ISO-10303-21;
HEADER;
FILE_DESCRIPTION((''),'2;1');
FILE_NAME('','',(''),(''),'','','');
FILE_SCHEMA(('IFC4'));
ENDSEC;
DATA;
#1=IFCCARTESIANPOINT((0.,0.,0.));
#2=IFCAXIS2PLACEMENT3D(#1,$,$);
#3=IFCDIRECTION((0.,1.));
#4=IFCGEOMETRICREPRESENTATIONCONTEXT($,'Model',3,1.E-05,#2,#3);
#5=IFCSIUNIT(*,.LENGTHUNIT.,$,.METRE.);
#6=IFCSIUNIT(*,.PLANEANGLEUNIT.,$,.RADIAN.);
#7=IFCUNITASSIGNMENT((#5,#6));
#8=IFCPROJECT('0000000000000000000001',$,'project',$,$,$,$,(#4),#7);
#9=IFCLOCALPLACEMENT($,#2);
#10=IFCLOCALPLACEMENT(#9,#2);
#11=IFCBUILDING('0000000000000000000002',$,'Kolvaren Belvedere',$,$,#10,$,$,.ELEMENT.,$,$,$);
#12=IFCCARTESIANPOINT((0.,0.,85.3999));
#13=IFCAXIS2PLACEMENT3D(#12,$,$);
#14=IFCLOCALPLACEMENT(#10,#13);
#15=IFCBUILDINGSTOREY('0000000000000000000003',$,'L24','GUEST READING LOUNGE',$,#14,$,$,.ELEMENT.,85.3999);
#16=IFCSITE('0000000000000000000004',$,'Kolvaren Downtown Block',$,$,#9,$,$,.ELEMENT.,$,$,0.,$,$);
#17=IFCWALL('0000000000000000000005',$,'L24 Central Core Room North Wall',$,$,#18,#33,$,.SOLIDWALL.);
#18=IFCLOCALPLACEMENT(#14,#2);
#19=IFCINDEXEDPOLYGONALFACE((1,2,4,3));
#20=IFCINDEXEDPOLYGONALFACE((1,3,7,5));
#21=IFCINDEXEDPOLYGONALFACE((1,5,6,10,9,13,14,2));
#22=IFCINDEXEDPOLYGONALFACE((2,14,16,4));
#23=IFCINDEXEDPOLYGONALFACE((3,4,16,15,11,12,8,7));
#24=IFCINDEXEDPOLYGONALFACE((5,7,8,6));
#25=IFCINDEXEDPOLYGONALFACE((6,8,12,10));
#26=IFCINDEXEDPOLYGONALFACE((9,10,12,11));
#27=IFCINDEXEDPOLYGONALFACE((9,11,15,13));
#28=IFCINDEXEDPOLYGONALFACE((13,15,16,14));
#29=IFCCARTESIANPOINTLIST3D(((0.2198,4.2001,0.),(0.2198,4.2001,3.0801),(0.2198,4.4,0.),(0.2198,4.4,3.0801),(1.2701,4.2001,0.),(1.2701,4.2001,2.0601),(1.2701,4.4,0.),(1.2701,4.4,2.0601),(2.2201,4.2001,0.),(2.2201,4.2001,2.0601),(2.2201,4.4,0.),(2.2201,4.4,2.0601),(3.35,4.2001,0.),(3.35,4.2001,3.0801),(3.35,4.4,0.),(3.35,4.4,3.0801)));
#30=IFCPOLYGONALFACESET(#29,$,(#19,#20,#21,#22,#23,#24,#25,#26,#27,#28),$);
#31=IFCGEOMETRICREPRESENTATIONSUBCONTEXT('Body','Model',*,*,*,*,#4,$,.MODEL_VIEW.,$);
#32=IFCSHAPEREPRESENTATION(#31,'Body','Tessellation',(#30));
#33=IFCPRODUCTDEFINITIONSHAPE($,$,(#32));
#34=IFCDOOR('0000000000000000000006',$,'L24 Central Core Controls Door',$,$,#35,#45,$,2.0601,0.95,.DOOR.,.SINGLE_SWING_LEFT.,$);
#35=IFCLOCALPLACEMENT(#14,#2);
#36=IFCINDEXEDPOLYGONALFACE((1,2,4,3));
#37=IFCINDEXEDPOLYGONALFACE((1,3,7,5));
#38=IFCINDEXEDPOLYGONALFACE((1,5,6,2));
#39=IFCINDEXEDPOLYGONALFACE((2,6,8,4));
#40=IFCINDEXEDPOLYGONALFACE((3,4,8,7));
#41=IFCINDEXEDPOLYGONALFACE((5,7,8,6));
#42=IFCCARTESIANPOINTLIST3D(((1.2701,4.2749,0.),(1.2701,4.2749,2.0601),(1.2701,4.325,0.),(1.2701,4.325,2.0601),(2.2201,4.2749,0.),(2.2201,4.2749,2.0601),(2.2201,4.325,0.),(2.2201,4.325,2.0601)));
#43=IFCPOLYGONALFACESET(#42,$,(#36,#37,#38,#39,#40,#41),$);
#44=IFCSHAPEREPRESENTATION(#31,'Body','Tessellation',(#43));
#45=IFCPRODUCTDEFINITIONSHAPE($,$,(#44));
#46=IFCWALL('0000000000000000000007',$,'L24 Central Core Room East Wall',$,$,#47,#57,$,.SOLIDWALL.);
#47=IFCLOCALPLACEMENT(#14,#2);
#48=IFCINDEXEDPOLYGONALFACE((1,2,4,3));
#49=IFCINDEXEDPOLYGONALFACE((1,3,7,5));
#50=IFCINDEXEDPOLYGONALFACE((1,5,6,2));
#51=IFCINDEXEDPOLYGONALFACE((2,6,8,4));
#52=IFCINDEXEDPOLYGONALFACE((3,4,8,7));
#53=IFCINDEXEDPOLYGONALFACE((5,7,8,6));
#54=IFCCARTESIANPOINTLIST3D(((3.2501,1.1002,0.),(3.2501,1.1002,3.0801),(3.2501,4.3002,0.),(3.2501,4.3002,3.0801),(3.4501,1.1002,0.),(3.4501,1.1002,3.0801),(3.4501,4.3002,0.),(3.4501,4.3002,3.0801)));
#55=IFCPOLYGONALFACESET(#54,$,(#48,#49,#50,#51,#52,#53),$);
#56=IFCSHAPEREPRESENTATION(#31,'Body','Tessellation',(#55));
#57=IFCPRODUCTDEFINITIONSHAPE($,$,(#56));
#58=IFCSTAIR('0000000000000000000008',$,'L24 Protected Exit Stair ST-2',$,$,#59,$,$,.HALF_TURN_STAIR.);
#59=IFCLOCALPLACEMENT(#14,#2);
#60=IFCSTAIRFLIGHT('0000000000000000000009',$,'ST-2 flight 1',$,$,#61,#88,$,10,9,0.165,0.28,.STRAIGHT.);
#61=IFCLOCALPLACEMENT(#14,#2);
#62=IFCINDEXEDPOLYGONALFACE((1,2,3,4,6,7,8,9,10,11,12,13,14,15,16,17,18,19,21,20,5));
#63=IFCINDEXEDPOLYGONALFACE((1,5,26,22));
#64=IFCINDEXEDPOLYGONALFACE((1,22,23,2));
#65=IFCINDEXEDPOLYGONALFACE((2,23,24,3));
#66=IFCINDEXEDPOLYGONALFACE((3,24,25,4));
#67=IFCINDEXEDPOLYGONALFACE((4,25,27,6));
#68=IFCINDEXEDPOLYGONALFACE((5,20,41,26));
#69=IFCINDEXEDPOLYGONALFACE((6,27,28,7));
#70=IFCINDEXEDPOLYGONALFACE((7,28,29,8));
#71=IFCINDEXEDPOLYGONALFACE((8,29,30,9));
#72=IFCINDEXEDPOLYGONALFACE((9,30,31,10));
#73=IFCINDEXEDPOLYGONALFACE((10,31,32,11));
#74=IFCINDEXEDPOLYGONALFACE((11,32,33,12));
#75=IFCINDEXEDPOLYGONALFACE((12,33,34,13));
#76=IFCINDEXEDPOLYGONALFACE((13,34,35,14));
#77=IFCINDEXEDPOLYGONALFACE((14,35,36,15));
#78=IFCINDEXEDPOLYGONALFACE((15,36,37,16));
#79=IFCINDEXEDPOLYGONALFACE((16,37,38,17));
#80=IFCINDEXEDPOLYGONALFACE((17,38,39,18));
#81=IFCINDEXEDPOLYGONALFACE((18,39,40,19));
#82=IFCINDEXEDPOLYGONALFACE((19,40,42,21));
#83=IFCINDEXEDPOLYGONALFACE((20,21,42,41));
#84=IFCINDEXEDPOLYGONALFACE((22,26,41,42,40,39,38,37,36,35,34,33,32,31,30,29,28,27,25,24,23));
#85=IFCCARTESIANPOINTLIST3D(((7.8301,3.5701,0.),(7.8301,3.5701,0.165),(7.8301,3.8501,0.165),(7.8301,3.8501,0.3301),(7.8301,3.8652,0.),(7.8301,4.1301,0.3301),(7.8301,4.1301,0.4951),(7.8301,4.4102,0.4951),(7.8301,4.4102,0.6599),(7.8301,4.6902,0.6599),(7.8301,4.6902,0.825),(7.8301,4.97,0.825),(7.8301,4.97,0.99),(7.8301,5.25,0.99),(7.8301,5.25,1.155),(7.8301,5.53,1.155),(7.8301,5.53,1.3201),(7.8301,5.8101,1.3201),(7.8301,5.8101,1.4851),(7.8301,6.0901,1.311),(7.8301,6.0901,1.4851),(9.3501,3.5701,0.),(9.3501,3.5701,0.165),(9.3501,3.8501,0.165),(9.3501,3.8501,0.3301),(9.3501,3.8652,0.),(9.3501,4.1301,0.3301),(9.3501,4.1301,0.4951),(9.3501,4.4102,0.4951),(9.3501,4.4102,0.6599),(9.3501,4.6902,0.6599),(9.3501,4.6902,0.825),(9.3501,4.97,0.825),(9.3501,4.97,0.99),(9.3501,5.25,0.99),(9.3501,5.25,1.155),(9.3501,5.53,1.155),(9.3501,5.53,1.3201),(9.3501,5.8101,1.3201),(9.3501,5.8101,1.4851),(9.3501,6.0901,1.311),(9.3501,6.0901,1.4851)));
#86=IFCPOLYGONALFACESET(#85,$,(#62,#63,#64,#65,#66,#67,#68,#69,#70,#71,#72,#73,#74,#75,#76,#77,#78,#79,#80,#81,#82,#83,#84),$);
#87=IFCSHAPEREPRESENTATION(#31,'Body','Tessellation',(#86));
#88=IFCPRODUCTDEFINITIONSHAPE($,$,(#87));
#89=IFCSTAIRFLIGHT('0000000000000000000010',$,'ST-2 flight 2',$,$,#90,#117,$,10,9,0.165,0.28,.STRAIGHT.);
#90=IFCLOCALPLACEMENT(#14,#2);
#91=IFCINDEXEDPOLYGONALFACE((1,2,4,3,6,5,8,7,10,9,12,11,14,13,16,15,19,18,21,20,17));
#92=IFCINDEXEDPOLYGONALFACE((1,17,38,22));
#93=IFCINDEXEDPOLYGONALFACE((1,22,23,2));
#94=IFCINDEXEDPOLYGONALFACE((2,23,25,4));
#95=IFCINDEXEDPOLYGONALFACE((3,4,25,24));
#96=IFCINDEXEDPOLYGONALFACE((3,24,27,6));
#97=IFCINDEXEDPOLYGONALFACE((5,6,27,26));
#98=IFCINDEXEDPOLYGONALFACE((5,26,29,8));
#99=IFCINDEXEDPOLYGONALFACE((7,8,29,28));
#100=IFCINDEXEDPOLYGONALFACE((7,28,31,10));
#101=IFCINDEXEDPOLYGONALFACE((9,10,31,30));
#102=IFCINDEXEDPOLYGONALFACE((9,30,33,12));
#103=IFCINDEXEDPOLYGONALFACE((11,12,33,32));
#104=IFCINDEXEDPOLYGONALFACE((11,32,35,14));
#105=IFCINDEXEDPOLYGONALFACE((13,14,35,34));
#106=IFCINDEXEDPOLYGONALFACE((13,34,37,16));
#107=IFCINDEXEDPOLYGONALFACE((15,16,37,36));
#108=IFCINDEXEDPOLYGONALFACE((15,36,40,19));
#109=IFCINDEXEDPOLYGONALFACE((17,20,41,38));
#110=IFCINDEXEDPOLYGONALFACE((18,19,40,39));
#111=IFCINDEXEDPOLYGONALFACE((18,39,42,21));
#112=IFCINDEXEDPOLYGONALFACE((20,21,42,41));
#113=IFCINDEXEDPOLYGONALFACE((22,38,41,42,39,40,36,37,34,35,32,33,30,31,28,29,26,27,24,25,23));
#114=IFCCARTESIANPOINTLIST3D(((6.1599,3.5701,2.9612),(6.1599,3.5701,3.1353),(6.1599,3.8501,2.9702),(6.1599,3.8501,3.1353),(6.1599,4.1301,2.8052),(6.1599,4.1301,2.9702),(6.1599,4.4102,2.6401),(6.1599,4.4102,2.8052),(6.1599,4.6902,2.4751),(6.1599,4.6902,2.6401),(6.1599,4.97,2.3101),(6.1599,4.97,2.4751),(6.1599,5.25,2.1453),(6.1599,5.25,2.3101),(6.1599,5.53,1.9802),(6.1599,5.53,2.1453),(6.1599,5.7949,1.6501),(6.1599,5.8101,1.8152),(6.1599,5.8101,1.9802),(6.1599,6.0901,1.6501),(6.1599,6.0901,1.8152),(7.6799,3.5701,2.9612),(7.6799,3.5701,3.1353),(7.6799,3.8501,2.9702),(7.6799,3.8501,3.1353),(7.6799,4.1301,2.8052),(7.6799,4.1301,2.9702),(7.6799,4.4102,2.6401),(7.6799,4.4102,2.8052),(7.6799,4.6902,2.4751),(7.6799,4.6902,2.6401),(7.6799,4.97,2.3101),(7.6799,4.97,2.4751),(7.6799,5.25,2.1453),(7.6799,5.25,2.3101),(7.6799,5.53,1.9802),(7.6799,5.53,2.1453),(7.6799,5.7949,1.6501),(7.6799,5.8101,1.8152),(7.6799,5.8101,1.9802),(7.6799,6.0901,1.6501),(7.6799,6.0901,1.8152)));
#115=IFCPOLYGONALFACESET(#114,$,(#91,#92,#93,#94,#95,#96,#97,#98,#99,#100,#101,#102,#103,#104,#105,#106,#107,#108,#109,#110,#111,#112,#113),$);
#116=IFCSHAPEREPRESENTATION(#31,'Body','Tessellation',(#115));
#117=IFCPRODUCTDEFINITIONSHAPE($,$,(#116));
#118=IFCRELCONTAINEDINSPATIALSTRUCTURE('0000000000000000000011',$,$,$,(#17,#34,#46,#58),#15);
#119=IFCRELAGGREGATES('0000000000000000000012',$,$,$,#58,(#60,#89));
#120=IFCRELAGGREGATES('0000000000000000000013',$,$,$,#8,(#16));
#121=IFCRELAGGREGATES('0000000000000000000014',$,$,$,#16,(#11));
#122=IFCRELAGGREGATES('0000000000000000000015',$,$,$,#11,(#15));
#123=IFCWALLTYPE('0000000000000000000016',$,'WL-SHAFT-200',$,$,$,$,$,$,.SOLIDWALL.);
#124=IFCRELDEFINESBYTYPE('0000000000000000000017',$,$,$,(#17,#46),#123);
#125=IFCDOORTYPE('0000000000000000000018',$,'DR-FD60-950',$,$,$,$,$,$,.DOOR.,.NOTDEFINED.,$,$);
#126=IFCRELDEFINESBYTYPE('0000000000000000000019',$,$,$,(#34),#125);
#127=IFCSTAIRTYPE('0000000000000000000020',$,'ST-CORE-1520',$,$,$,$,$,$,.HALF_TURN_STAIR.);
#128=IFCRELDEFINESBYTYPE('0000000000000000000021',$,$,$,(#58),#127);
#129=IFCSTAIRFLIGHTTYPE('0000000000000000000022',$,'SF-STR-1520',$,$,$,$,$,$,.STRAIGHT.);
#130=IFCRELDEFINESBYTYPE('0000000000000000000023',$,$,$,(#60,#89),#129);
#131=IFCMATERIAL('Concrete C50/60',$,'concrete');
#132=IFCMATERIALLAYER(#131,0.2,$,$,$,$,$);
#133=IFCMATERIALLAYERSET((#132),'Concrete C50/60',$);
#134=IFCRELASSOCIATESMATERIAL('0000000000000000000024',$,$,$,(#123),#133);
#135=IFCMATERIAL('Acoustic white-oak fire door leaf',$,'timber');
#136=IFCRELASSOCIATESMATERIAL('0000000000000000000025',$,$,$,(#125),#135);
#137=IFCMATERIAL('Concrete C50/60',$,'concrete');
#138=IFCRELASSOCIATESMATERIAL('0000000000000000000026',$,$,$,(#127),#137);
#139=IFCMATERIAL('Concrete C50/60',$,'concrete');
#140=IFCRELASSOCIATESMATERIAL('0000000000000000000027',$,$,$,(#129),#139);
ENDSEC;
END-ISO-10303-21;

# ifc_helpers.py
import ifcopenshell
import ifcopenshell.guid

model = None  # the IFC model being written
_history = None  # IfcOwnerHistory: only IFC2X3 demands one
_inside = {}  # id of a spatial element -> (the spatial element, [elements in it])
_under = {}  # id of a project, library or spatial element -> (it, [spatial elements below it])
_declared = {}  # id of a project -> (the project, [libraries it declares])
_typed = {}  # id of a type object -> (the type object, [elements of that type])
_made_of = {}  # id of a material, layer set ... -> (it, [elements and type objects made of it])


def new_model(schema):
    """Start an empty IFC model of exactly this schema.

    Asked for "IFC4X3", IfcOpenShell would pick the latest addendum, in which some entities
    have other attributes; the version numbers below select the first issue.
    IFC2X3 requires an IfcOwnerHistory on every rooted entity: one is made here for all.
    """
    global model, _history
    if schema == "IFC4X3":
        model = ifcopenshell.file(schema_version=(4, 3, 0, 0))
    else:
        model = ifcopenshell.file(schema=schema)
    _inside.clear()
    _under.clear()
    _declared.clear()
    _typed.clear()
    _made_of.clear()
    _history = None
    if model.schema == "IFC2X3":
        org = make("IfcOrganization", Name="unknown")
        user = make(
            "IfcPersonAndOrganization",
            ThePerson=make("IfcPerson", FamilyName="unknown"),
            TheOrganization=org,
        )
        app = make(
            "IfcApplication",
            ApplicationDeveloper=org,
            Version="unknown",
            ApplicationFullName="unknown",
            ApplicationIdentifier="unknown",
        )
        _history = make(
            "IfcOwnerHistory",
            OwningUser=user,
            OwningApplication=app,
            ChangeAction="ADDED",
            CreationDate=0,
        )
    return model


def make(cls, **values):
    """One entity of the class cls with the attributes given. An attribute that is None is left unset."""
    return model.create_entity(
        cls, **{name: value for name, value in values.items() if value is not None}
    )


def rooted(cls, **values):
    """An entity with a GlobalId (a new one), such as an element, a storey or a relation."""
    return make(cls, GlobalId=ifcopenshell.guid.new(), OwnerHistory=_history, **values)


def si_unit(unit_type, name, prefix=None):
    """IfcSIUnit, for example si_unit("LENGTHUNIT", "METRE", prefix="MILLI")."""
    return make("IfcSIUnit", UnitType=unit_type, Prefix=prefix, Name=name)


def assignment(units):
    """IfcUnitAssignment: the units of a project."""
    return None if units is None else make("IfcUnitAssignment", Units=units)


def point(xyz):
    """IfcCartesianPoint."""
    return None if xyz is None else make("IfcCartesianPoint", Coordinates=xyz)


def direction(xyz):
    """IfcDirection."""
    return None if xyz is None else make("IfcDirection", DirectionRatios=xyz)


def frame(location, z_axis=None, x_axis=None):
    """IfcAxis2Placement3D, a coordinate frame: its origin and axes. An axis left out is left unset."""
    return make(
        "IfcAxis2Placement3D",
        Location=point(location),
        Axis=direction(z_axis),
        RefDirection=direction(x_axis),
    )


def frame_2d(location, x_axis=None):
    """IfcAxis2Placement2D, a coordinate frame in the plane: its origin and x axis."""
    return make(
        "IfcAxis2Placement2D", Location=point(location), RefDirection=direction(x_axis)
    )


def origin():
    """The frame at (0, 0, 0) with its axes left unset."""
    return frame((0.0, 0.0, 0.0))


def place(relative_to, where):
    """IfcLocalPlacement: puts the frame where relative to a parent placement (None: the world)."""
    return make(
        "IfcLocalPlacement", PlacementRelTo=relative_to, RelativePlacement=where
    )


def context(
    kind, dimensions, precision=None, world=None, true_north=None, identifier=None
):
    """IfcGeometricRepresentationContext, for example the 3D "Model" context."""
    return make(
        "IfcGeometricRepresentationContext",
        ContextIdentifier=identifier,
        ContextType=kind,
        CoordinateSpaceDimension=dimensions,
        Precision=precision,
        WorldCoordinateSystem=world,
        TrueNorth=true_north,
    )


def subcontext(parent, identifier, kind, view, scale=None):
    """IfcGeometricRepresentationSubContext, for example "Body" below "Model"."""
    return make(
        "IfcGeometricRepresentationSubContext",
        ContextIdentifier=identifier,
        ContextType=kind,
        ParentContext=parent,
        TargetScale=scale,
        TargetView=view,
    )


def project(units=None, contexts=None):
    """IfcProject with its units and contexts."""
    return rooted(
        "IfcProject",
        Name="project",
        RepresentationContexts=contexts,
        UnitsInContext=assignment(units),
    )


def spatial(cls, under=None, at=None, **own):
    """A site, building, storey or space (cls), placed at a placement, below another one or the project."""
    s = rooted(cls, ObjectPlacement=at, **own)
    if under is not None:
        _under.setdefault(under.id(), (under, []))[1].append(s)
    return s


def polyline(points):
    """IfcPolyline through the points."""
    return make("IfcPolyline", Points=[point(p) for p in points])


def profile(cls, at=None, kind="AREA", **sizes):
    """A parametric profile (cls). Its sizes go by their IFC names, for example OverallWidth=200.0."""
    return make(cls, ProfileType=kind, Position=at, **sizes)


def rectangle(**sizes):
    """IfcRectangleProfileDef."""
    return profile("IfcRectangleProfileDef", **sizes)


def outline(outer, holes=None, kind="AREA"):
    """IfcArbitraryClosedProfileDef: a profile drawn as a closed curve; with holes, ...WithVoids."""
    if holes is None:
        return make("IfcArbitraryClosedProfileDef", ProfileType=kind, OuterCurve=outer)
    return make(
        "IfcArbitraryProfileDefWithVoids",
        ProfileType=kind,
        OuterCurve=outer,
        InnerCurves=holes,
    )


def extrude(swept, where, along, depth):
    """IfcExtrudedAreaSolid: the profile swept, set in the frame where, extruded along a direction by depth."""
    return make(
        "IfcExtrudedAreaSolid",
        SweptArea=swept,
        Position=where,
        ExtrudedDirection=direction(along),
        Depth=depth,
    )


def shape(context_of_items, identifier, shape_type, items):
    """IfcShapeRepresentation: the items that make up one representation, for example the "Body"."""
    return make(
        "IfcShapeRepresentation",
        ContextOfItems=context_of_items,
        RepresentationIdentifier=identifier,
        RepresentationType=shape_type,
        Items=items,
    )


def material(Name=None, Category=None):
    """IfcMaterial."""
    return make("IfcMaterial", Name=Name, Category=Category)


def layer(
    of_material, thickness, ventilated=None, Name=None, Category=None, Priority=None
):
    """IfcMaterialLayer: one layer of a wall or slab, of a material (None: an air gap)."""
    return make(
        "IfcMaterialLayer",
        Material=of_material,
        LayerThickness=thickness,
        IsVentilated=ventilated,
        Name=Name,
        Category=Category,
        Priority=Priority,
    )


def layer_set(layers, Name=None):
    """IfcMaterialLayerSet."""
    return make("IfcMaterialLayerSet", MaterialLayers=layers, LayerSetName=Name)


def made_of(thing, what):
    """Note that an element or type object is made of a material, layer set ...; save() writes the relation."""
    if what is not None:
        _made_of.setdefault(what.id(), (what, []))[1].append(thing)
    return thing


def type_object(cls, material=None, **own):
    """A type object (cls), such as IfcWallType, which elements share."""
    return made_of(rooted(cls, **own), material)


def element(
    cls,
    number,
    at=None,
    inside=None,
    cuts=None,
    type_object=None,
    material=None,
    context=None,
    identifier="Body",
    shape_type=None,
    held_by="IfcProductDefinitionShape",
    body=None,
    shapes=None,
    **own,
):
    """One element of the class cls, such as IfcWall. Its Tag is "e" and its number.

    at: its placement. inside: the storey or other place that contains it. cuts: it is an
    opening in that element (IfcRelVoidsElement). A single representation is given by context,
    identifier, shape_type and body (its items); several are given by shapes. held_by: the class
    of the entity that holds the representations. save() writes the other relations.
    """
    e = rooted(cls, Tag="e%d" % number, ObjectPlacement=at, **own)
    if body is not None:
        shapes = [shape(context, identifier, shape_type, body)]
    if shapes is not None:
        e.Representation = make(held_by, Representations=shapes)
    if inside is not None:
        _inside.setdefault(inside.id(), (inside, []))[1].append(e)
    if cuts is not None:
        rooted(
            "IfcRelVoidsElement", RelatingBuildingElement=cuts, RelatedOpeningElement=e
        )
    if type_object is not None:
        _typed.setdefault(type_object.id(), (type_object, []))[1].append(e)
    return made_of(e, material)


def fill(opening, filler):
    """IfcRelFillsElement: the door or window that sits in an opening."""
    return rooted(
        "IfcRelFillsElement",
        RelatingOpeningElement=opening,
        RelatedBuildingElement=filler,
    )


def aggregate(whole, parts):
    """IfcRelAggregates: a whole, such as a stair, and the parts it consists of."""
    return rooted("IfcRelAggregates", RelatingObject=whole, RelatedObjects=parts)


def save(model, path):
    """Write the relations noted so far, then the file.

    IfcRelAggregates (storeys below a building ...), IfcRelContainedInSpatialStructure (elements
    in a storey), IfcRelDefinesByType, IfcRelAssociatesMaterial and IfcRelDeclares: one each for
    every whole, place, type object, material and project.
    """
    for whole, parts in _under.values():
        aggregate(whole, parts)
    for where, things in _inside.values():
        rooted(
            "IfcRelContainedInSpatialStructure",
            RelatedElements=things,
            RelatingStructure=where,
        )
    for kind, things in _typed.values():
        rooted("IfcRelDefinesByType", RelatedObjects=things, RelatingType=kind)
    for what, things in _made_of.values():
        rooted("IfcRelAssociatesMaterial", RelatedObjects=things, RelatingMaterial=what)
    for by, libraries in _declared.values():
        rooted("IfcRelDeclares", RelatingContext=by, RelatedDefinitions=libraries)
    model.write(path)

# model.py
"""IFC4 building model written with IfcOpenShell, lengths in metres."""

from ifc_helpers import new_model, si_unit, direction, frame, frame_2d, origin, place, context, subcontext, project, spatial, polyline, rectangle, outline, extrude, material, layer, layer_set, type_object, element, fill, aggregate, save


model = new_model("IFC4")

# Units and contexts
model_context = context("Model", 3, precision=1e-05, world=origin(), true_north=direction((0.0, 1.0)))
body_context = subcontext(model_context, "Body", "Model", "MODEL_VIEW")
ifc_project = project(units=[si_unit("LENGTHUNIT", "METRE"), si_unit("PLANEANGLEUNIT", "RADIAN")], contexts=[model_context])

# Site, building, storey
site_placement = place(None, origin())
site = spatial("IfcSite", under=ifc_project, at=site_placement, Name="Kolvaren Downtown Block", CompositionType="ELEMENT", RefElevation=0.0)
building_placement = place(site_placement, origin())
building = spatial("IfcBuilding", under=site, at=building_placement, Name="Kolvaren Belvedere", CompositionType="ELEMENT")
storey_placement = place(building_placement, frame((0.0, 0.0, 85.3999)))
storey = spatial("IfcBuildingStorey", under=building, at=storey_placement, Name="L24", Description="GUEST READING LOUNGE", CompositionType="ELEMENT", Elevation=85.3999)

# Shared definitions
ifc_material_1 = material(Name="Concrete C50/60", Category="concrete")
ifc_layer_1 = layer(ifc_material_1, 0.2)
ifc_layer_set_1 = layer_set([ifc_layer_1], Name="Concrete C50/60")
wall_type_1 = type_object("IfcWallType", Name="WL-SHAFT-200", PredefinedType="SOLIDWALL", material=ifc_layer_set_1)

# Wall, opening, door
wall_1_placement = place(storey_placement, frame((0.22, 4.3, 0.0), z_axis=(0.0, 0.0, 1.0), x_axis=(1.0, 0.0, 0.0)))
wall_1 = element("IfcWall", 1, at=wall_1_placement, inside=storey, type_object=wall_type_1, Name="L24 Central Core Room North Wall", PredefinedType="SOLIDWALL", context=body_context, shape_type="SweptSolid", body=[
    extrude(rectangle(XDim=3.1301, YDim=0.2, at=frame_2d((1.5649, 0.0))), origin(), (0.0, 0.0, 1.0), 3.0801),
])
opening_1_placement = place(wall_1_placement, frame((1.05, 0.0, 0.0)))
opening_1 = element("IfcOpeningElement", 2, at=opening_1_placement, cuts=wall_1, PredefinedType="OPENING", context=body_context, shape_type="SweptSolid", body=[
    extrude(rectangle(XDim=0.95, YDim=2.0601, at=frame_2d((0.4751, 1.03))), frame((0.0, 0.1099, 0.0), z_axis=(0.0, -1.0, 0.0), x_axis=(1.0, 0.0, 0.0)), (0.0, 0.0, 1.0), 0.22),
])
ifc_material_2 = material(Name="Acoustic white-oak fire door leaf", Category="timber")
door_type_1 = type_object("IfcDoorType", Name="DR-FD60-950", OperationType="NOTDEFINED", PredefinedType="DOOR", material=ifc_material_2)
door_1_placement = place(opening_1_placement, origin())
door_1 = element("IfcDoor", 3, at=door_1_placement, inside=storey, type_object=door_type_1, Name="L24 Central Core Controls Door", OperationType="SINGLE_SWING_LEFT", OverallHeight=2.0601, OverallWidth=0.95, PredefinedType="DOOR", context=body_context, shape_type="SweptSolid", body=[
    extrude(rectangle(XDim=0.95, YDim=2.0601, at=frame_2d((0.4751, 1.03))), frame((0.0, 0.0249, 0.0), z_axis=(0.0, -1.0, 0.0), x_axis=(1.0, 0.0, 0.0)), (0.0, 0.0, 1.0), 0.05),
])
fill(opening_1, door_1)

# Wall
wall_2_placement = place(storey_placement, frame((3.3501, 1.1001, 0.0), z_axis=(0.0, 0.0, 1.0), x_axis=(0.0, 1.0, 0.0)))
element("IfcWall", 4, at=wall_2_placement, inside=storey, type_object=wall_type_1, Name="L24 Central Core Room East Wall", PredefinedType="SOLIDWALL", context=body_context, shape_type="SweptSolid", body=[
    extrude(rectangle(XDim=3.2, YDim=0.2, at=frame_2d((1.6001, 0.0))), origin(), (0.0, 0.0, 1.0), 3.0801),
])

# Stair, stair flights
ifc_material_3 = material(Name="Concrete C50/60", Category="concrete")
stair_type = type_object("IfcStairType", Name="ST-CORE-1520", PredefinedType="HALF_TURN_STAIR", material=ifc_material_3)
stair_placement = place(storey_placement, origin())
stair = element("IfcStair", 5, at=stair_placement, inside=storey, type_object=stair_type, Name="L24 Protected Exit Stair ST-2", PredefinedType="HALF_TURN_STAIR")
ifc_material_4 = material(Name="Concrete C50/60", Category="concrete")
stair_flight_type = type_object("IfcStairFlightType", Name="SF-STR-1520", PredefinedType="STRAIGHT", material=ifc_material_4)
stair_flight_1_placement = place(storey_placement, frame((8.5901, 3.5701, 0.0), z_axis=(0.0, 0.0, 1.0), x_axis=(0.0, 1.0, 0.0)))
stair_flight_1 = element("IfcStairFlight", 6, at=stair_flight_1_placement, type_object=stair_flight_type, Name="ST-2 flight 1", NumberOfRisers=10, NumberOfTreads=9, PredefinedType="STRAIGHT", RiserHeight=0.165, TreadLength=0.28, context=body_context, shape_type="SweptSolid", body=[
    extrude(outline(polyline([(0.0, 0.0), (0.0, 0.165), (0.28, 0.165), (0.28, 0.3301), (0.5601, 0.3301), (0.5601, 0.4951), (0.8401, 0.4951), (0.8401, 0.6599), (1.1201, 0.6599), (1.1201, 0.825), (1.3999, 0.825), (1.3999, 0.99), (1.6799, 0.99), (1.6799, 1.155), (1.96, 1.155), (1.96, 1.3201), (2.24, 1.3201), (2.24, 1.4851), (2.52, 1.4851), (2.52, 1.6499), (2.52, 1.311), (0.2952, 0.0), (0.0, 0.0)])), frame((0.0, 0.76, 0.0), z_axis=(0.0, -1.0, 0.0), x_axis=(1.0, 0.0, 0.0)), (0.0, 0.0, 1.0), 1.52),
])
stair_flight_2_placement = place(storey_placement, frame((6.9199, 6.0901, 1.6501), z_axis=(0.0, 0.0, 1.0), x_axis=(0.0, -1.0, 0.0)))
stair_flight_2 = element("IfcStairFlight", 7, at=stair_flight_2_placement, type_object=stair_flight_type, Name="ST-2 flight 2", NumberOfRisers=10, NumberOfTreads=9, PredefinedType="STRAIGHT", RiserHeight=0.165, TreadLength=0.28, context=body_context, shape_type="SweptSolid", body=[
    extrude(outline(polyline([(0.0, 0.0), (0.0, 0.165), (0.28, 0.165), (0.28, 0.3301), (0.5601, 0.3301), (0.5601, 0.4951), (0.8401, 0.4951), (0.8401, 0.6599), (1.1201, 0.6599), (1.1201, 0.825), (1.3999, 0.825), (1.3999, 0.99), (1.6799, 0.99), (1.6799, 1.155), (1.96, 1.155), (1.96, 1.3201), (2.24, 1.3201), (2.24, 1.4851), (2.52, 1.4851), (2.52, 1.6499), (2.52, 1.311), (0.2952, 0.0), (0.0, 0.0)])), frame((0.0, 0.76, 0.0), z_axis=(0.0, -1.0, 0.0), x_axis=(1.0, 0.0, 0.0)), (0.0, 0.0, 1.0), 1.52),
])
aggregate(stair, [stair_flight_1, stair_flight_2])

save(model, "model.ifc")
